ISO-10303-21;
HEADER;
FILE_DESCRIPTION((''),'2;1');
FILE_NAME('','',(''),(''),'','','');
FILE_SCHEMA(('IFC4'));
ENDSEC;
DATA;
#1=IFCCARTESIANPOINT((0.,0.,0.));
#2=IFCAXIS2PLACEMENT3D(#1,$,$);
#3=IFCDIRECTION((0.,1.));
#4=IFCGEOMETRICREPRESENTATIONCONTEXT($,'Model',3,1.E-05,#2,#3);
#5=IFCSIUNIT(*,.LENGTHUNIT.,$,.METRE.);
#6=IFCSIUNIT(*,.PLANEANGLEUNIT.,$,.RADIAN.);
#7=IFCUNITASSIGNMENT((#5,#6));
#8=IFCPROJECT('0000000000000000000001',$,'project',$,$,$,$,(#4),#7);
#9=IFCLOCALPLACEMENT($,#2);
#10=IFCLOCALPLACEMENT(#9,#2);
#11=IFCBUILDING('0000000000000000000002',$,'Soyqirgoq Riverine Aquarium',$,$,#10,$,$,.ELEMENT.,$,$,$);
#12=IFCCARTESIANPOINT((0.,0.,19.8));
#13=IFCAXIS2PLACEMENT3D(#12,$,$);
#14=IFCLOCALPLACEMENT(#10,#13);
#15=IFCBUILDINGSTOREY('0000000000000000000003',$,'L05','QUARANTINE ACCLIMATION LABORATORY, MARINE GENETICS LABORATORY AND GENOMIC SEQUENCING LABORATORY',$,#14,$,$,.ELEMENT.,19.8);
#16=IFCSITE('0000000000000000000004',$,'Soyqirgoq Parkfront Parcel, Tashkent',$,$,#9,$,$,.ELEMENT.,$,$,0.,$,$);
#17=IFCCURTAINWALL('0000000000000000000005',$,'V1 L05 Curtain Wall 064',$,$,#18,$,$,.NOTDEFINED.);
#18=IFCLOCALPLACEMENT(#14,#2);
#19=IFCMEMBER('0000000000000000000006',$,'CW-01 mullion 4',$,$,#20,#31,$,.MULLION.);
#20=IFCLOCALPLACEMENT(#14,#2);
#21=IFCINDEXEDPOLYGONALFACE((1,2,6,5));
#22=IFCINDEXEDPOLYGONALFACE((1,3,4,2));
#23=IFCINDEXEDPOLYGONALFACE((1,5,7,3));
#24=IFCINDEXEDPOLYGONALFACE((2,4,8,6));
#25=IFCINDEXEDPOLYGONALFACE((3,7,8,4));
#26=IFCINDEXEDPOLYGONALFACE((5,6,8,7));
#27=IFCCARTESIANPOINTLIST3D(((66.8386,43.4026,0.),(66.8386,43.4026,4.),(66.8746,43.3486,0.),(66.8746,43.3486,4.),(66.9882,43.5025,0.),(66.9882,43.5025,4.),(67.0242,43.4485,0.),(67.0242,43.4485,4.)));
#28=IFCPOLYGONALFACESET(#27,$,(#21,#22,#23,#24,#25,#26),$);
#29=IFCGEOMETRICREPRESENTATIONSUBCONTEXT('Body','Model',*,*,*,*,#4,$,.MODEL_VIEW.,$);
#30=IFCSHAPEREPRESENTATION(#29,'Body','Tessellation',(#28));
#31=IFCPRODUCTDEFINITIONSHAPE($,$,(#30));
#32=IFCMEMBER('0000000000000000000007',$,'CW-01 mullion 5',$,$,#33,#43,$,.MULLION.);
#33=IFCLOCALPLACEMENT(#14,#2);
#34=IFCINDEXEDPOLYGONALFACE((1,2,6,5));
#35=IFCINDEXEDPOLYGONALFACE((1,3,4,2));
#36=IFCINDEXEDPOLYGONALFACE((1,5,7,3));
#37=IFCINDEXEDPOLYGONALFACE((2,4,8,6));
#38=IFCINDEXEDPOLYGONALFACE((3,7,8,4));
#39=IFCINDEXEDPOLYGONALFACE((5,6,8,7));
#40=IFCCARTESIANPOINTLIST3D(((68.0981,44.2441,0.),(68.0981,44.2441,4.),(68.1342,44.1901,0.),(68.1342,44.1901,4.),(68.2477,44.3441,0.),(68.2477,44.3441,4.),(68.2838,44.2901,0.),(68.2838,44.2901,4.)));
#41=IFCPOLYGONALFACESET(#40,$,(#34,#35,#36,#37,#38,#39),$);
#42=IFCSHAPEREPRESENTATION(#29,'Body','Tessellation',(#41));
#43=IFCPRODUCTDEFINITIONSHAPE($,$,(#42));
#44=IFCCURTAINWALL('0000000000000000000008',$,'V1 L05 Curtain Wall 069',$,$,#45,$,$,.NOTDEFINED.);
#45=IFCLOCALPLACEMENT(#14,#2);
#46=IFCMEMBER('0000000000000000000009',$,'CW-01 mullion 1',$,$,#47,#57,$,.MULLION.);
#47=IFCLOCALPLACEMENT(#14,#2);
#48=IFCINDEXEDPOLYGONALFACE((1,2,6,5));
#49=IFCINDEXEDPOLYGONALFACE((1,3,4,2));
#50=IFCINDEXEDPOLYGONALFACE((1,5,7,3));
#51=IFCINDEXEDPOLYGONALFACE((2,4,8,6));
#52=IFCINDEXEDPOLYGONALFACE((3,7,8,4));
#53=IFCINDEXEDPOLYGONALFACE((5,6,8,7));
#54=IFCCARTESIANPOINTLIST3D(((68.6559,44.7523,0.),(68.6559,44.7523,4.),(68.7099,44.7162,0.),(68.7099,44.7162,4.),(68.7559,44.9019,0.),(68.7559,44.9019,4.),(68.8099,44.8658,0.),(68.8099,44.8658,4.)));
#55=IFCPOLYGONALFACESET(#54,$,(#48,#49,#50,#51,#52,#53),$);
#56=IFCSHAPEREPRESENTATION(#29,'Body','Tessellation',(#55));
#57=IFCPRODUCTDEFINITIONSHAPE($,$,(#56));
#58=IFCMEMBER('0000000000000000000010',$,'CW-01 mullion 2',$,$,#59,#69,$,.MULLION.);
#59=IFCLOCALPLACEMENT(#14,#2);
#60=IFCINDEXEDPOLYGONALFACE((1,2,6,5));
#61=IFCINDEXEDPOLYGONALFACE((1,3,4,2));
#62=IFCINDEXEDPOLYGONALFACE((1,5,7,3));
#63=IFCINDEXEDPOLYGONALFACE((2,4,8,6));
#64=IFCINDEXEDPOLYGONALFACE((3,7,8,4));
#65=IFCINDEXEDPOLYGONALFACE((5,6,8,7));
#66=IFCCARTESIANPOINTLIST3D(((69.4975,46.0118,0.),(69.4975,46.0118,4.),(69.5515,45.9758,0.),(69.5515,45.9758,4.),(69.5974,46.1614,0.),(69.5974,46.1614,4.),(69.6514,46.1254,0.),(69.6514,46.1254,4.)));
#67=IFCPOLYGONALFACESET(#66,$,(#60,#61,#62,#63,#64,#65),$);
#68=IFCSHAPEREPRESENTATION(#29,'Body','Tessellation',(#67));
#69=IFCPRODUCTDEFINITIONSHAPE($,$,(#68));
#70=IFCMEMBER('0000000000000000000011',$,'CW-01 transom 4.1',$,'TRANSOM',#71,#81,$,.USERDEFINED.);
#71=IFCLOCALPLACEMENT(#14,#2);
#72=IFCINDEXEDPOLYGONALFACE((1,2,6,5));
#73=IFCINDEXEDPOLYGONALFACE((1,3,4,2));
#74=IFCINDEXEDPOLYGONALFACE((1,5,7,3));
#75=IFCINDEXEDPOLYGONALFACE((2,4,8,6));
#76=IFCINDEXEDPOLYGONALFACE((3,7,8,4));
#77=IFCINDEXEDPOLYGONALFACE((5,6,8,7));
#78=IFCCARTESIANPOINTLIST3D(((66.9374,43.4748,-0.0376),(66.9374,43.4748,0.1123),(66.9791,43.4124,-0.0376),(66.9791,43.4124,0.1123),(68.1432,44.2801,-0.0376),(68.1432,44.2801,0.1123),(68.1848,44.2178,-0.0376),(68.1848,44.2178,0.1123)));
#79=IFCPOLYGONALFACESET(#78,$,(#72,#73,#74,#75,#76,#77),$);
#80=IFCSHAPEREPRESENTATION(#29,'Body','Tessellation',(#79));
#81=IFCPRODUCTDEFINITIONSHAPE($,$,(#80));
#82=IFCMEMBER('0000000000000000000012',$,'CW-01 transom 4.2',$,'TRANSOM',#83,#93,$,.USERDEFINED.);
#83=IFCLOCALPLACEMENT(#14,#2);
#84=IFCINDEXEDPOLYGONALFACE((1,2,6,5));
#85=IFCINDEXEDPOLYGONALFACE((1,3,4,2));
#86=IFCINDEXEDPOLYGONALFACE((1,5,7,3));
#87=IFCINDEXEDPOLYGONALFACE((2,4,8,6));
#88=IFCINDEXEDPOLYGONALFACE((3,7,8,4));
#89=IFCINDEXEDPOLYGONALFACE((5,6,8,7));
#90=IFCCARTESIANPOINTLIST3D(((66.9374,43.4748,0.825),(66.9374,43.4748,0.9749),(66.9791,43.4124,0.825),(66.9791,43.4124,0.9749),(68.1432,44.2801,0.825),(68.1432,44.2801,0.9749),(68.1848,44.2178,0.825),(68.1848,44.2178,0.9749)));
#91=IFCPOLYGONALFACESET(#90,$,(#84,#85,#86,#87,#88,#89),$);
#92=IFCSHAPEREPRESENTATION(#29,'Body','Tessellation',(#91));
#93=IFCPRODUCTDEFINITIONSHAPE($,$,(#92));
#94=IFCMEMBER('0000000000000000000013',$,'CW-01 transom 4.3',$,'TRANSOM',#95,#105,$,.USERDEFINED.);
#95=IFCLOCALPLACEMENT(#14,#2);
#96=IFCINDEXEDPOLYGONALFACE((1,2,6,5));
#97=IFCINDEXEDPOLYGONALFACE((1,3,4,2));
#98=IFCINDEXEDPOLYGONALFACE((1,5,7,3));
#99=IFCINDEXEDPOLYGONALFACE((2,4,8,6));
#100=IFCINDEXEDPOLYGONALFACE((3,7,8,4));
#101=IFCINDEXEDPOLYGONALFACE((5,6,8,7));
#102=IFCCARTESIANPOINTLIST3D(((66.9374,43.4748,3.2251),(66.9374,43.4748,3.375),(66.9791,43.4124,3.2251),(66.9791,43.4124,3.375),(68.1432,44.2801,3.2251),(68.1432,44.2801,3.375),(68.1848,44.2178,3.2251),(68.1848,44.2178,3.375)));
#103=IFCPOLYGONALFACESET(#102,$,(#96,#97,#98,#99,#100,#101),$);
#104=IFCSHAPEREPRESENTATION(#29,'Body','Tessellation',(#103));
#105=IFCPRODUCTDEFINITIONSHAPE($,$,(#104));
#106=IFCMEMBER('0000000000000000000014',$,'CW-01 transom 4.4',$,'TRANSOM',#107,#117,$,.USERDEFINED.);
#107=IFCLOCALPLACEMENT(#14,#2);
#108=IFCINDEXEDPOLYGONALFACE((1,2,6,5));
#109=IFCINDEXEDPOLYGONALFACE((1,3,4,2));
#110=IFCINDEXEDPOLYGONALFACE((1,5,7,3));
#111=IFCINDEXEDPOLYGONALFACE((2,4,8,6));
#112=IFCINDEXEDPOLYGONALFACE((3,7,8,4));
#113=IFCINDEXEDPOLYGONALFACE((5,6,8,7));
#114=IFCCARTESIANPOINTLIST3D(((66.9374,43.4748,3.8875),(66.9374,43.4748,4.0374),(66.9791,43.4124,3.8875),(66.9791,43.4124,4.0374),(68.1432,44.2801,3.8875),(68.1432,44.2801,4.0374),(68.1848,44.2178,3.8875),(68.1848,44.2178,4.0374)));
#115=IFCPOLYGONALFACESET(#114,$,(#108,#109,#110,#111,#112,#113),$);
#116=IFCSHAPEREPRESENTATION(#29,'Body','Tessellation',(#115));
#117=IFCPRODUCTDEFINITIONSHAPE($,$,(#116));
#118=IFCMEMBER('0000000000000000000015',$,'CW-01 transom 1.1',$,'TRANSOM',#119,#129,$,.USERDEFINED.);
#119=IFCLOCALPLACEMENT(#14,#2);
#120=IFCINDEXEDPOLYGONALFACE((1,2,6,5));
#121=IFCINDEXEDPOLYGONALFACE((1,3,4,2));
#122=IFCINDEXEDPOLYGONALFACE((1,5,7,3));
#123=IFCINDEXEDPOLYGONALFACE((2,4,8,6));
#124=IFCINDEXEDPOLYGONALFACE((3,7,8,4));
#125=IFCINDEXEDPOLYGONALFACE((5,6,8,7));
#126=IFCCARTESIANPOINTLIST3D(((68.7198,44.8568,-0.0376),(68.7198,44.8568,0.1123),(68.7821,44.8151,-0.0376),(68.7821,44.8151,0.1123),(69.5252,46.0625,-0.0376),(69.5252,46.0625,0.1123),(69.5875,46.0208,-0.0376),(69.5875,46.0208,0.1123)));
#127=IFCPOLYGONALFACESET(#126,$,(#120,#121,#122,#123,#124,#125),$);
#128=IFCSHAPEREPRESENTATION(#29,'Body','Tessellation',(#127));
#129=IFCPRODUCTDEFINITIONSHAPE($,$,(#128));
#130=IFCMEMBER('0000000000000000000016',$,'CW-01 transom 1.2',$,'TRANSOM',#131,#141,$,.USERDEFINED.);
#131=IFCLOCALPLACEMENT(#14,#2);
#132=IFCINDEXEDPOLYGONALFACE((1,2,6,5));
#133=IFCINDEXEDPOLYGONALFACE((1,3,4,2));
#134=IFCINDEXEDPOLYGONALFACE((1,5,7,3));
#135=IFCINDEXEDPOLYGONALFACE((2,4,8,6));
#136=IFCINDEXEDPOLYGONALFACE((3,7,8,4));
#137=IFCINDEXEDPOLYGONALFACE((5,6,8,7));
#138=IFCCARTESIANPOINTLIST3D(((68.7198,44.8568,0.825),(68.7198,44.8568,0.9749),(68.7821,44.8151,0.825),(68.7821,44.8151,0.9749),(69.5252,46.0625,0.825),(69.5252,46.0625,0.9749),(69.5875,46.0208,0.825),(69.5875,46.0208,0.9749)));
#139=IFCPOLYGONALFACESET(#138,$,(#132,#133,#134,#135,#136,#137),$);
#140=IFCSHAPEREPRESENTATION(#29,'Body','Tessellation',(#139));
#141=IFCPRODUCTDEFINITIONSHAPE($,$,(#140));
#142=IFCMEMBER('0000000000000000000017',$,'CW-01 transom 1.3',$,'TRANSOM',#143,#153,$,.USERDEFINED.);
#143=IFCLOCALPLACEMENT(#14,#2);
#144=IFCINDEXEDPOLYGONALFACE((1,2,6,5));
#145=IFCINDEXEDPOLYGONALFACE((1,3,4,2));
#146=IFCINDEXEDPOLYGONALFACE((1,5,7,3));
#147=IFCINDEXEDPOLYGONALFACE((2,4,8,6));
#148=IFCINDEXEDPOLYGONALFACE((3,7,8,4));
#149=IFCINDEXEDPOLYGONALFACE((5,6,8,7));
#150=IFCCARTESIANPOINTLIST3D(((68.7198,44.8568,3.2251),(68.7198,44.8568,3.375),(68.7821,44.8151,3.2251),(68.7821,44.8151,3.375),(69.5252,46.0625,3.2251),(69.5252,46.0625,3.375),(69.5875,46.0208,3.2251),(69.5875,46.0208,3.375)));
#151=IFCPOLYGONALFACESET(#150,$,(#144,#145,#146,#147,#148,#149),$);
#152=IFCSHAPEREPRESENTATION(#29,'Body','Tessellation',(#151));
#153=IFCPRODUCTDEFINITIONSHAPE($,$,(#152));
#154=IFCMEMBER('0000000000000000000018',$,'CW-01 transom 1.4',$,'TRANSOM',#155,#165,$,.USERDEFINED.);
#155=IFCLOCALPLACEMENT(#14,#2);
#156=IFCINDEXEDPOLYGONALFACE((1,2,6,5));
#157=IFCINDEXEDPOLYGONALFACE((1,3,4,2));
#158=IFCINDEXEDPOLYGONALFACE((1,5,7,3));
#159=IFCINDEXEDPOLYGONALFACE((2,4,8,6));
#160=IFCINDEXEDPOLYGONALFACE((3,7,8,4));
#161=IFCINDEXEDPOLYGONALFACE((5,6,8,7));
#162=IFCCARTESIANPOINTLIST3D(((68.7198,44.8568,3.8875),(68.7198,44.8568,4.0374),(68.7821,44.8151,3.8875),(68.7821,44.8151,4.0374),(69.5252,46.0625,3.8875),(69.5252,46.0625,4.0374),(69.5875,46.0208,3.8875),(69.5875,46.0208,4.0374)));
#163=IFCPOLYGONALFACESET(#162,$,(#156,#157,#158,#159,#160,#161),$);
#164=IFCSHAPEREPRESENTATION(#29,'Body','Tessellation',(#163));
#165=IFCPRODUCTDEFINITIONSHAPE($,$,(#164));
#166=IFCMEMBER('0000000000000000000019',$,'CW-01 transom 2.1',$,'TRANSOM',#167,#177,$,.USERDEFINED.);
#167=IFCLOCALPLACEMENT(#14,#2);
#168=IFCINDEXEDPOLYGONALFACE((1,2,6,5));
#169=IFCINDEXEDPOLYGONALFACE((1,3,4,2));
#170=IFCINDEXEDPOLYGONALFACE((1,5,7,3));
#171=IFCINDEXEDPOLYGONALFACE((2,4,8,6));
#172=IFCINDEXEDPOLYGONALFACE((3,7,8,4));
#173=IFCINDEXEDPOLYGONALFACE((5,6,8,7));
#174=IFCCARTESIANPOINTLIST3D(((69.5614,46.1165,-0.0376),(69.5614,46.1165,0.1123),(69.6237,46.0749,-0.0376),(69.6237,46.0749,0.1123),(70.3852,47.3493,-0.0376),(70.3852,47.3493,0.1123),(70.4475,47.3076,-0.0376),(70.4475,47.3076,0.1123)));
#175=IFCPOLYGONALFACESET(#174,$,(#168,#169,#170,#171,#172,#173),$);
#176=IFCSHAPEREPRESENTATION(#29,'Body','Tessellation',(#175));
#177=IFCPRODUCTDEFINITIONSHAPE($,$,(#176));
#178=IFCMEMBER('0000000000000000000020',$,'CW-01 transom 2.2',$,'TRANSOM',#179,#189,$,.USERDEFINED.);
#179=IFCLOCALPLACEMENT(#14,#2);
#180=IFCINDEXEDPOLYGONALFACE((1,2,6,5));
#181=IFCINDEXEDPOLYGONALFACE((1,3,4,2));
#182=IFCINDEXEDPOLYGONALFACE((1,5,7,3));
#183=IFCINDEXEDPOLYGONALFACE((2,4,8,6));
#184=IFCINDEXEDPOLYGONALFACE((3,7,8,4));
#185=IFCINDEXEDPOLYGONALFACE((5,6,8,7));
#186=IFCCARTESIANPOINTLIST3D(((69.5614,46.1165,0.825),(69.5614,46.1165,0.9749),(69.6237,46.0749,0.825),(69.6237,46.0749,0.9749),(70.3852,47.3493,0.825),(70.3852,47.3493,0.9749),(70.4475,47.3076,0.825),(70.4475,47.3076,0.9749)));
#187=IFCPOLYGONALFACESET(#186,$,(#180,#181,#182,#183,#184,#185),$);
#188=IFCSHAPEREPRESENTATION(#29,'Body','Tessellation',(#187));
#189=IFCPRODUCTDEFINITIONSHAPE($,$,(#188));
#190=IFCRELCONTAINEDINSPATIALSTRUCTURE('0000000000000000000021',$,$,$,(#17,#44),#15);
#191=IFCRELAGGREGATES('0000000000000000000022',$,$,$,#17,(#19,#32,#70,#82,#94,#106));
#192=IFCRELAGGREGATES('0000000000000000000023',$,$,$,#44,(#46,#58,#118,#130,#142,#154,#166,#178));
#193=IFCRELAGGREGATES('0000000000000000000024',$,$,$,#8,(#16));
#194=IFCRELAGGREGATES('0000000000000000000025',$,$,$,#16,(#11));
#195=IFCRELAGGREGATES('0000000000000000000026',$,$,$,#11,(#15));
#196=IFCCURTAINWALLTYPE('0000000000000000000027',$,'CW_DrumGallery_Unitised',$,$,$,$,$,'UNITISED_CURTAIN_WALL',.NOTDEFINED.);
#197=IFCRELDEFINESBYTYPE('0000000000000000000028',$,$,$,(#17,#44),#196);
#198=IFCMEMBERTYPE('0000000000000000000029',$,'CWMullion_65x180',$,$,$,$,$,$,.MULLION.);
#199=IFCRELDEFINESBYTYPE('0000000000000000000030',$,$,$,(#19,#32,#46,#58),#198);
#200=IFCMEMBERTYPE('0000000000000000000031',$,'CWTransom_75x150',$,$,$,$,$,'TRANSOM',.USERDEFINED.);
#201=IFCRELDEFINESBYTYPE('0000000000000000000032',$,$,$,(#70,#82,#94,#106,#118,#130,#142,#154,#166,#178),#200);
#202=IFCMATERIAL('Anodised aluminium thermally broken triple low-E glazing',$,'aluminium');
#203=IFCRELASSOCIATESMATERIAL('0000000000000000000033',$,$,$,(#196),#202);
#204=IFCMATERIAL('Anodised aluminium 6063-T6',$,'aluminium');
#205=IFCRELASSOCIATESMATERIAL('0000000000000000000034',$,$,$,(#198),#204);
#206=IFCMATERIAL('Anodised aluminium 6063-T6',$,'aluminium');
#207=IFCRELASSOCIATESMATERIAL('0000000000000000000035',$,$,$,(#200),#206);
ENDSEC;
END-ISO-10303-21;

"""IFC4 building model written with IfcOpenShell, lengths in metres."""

from ifc_helpers import new_model, si_unit, direction, frame, origin, origin_2d, place, context, subcontext, project, spatial, rectangle, extrude, material, material_profile, profile_set, type_object, element, aggregate, save


model = new_model("IFC4")

# Units and contexts
model_context = context("Model", 3, precision=1e-05, world=origin(), true_north=direction((0.0, 1.0)))
body_context = subcontext(model_context, "Body", "Model", "MODEL_VIEW")
ifc_project = project(units=[si_unit("LENGTHUNIT", "METRE"), si_unit("PLANEANGLEUNIT", "RADIAN")], contexts=[model_context])

# Site, building, storey
site_placement = place(None, origin())
site = spatial("IfcSite", under=ifc_project, at=site_placement, Name="Soyqirgoq Parkfront Parcel, Tashkent", CompositionType="ELEMENT", RefElevation=0.0)
building_placement = place(site_placement, origin())
building = spatial("IfcBuilding", under=site, at=building_placement, Name="Soyqirgoq Riverine Aquarium", CompositionType="ELEMENT")
storey_placement = place(building_placement, frame((0.0, 0.0, 19.8)))
storey = spatial("IfcBuildingStorey", under=building, at=storey_placement, Name="L05", Description="QUARANTINE ACCLIMATION LABORATORY, MARINE GENETICS LABORATORY AND GENOMIC SEQUENCING LABORATORY", CompositionType="ELEMENT", Elevation=19.8)

# Curtain walls, members
ifc_material_1 = material(Name="Anodised aluminium thermally broken triple low-E glazing", Category="aluminium")
curtain_wall_type = type_object("IfcCurtainWallType", Name="CW_DrumGallery_Unitised", ElementType="UNITISED_CURTAIN_WALL", PredefinedType="NOTDEFINED", material=ifc_material_1)
curtain_wall_1_placement = place(storey_placement, origin())
curtain_wall_1 = element("IfcCurtainWall", 1, at=curtain_wall_1_placement, inside=storey, type_object=curtain_wall_type, Name="V1 L05 Curtain Wall 064", PredefinedType="NOTDEFINED")
ifc_material_2 = material(Name="Anodised aluminium 6063-T6", Category="aluminium")
ifc_material_profile_1 = material_profile(ifc_material_2, rectangle(XDim=0.0649, YDim=0.1799, at=origin_2d()), Name="ALU-M 65x180")
ifc_profile_set_1 = profile_set([ifc_material_profile_1], Name="Anodised aluminium 6063-T6")
member_type_1 = type_object("IfcMemberType", Name="CWMullion_65x180", PredefinedType="MULLION", material=ifc_profile_set_1)
member_1_placement = place(storey_placement, frame((66.9314, 43.4255, 0.0), z_axis=(0.0, 0.0, 1.0), x_axis=(-0.555561, 0.831476, 0.0)))
member_1 = element("IfcMember", 2, at=member_1_placement, type_object=member_type_1, Name="CW-01 mullion 4", PredefinedType="MULLION", context=body_context, shape_type="SweptSolid", body=[
    extrude(rectangle(XDim=0.0649, YDim=0.1799, at=origin_2d()), origin(), (0.0, 0.0, 1.0), 4.0),
])
member_2_placement = place(storey_placement, frame((68.1909, 44.2671, 0.0), z_axis=(0.0, 0.0, 1.0), x_axis=(-0.555561, 0.831476, 0.0)))
member_2 = element("IfcMember", 3, at=member_2_placement, type_object=member_type_1, Name="CW-01 mullion 5", PredefinedType="MULLION", context=body_context, shape_type="SweptSolid", body=[
    extrude(rectangle(XDim=0.0649, YDim=0.1799, at=origin_2d()), origin(), (0.0, 0.0, 1.0), 4.0),
])
curtain_wall_2_placement = place(storey_placement, origin())
curtain_wall_2 = element("IfcCurtainWall", 4, at=curtain_wall_2_placement, inside=storey, type_object=curtain_wall_type, Name="V1 L05 Curtain Wall 069", PredefinedType="NOTDEFINED")
member_3_placement = place(storey_placement, frame((68.7329, 44.8091, 0.0), z_axis=(0.0, 0.0, 1.0), x_axis=(-0.831476, 0.555561, 0.0)))
member_3 = element("IfcMember", 5, at=member_3_placement, type_object=member_type_1, Name="CW-01 mullion 1", PredefinedType="MULLION", context=body_context, shape_type="SweptSolid", body=[
    extrude(rectangle(XDim=0.0649, YDim=0.1799, at=origin_2d()), origin(), (0.0, 0.0, 1.0), 4.0),
])
member_4_placement = place(storey_placement, frame((69.5745, 46.0686, 0.0), z_axis=(0.0, 0.0, 1.0), x_axis=(-0.831476, 0.555561, 0.0)))
member_4 = element("IfcMember", 6, at=member_4_placement, type_object=member_type_1, Name="CW-01 mullion 2", PredefinedType="MULLION", context=body_context, shape_type="SweptSolid", body=[
    extrude(rectangle(XDim=0.0649, YDim=0.1799, at=origin_2d()), origin(), (0.0, 0.0, 1.0), 4.0),
])

# Members
ifc_material_3 = material(Name="Anodised aluminium 6063-T6", Category="aluminium")
ifc_material_profile_2 = material_profile(ifc_material_3, rectangle(XDim=0.075, YDim=0.1499, at=origin_2d()), Name="ALU-T 75x150")
ifc_profile_set_2 = profile_set([ifc_material_profile_2], Name="Anodised aluminium 6063-T6")
member_type_2 = type_object("IfcMemberType", Name="CWTransom_75x150", ElementType="TRANSOM", PredefinedType="USERDEFINED", material=ifc_profile_set_2)
member_5_placement = place(storey_placement, frame((66.9583, 43.4436, 0.0374), z_axis=(0.831558, 0.555438, 0.0), x_axis=(-0.555438, 0.831558, 0.0)))
member_5 = element("IfcMember", 7, at=member_5_placement, type_object=member_type_2, Name="CW-01 transom 4.1", ObjectType="TRANSOM", PredefinedType="USERDEFINED", context=body_context, shape_type="SweptSolid", body=[
    extrude(rectangle(XDim=0.075, YDim=0.1499, at=origin_2d()), origin(), (0.0, 0.0, 1.0), 1.45),
])
member_6_placement = place(storey_placement, frame((66.9583, 43.4436, 0.8999), z_axis=(0.831558, 0.555438, 0.0), x_axis=(-0.555438, 0.831558, 0.0)))
member_6 = element("IfcMember", 8, at=member_6_placement, type_object=member_type_2, Name="CW-01 transom 4.2", ObjectType="TRANSOM", PredefinedType="USERDEFINED", context=body_context, shape_type="SweptSolid", body=[
    extrude(rectangle(XDim=0.075, YDim=0.1499, at=origin_2d()), origin(), (0.0, 0.0, 1.0), 1.45),
])
member_7_placement = place(storey_placement, frame((66.9583, 43.4436, 3.3), z_axis=(0.831558, 0.555438, 0.0), x_axis=(-0.555438, 0.831558, 0.0)))
member_7 = element("IfcMember", 9, at=member_7_placement, type_object=member_type_2, Name="CW-01 transom 4.3", ObjectType="TRANSOM", PredefinedType="USERDEFINED", context=body_context, shape_type="SweptSolid", body=[
    extrude(rectangle(XDim=0.075, YDim=0.1499, at=origin_2d()), origin(), (0.0, 0.0, 1.0), 1.45),
])
member_8_placement = place(storey_placement, frame((66.9583, 43.4436, 3.9624), z_axis=(0.831558, 0.555438, 0.0), x_axis=(-0.555438, 0.831558, 0.0)))
member_8 = element("IfcMember", 10, at=member_8_placement, type_object=member_type_2, Name="CW-01 transom 4.4", ObjectType="TRANSOM", PredefinedType="USERDEFINED", context=body_context, shape_type="SweptSolid", body=[
    extrude(rectangle(XDim=0.075, YDim=0.1499, at=origin_2d()), origin(), (0.0, 0.0, 1.0), 1.45),
])
member_9_placement = place(storey_placement, frame((68.751, 44.8359, 0.0374), z_axis=(0.555438, 0.831558, 0.0), x_axis=(-0.831558, 0.555438, 0.0)))
member_9 = element("IfcMember", 11, at=member_9_placement, type_object=member_type_2, Name="CW-01 transom 1.1", ObjectType="TRANSOM", PredefinedType="USERDEFINED", context=body_context, shape_type="SweptSolid", body=[
    extrude(rectangle(XDim=0.075, YDim=0.1499, at=origin_2d()), origin(), (0.0, 0.0, 1.0), 1.45),
])
member_10_placement = place(storey_placement, frame((68.751, 44.8359, 0.8999), z_axis=(0.555438, 0.831558, 0.0), x_axis=(-0.831558, 0.555438, 0.0)))
member_10 = element("IfcMember", 12, at=member_10_placement, type_object=member_type_2, Name="CW-01 transom 1.2", ObjectType="TRANSOM", PredefinedType="USERDEFINED", context=body_context, shape_type="SweptSolid", body=[
    extrude(rectangle(XDim=0.075, YDim=0.1499, at=origin_2d()), origin(), (0.0, 0.0, 1.0), 1.45),
])
member_11_placement = place(storey_placement, frame((68.751, 44.8359, 3.3), z_axis=(0.555438, 0.831558, 0.0), x_axis=(-0.831558, 0.555438, 0.0)))
member_11 = element("IfcMember", 13, at=member_11_placement, type_object=member_type_2, Name="CW-01 transom 1.3", ObjectType="TRANSOM", PredefinedType="USERDEFINED", context=body_context, shape_type="SweptSolid", body=[
    extrude(rectangle(XDim=0.075, YDim=0.1499, at=origin_2d()), origin(), (0.0, 0.0, 1.0), 1.45),
])
member_12_placement = place(storey_placement, frame((68.751, 44.8359, 3.9624), z_axis=(0.555438, 0.831558, 0.0), x_axis=(-0.831558, 0.555438, 0.0)))
member_12 = element("IfcMember", 14, at=member_12_placement, type_object=member_type_2, Name="CW-01 transom 1.4", ObjectType="TRANSOM", PredefinedType="USERDEFINED", context=body_context, shape_type="SweptSolid", body=[
    extrude(rectangle(XDim=0.075, YDim=0.1499, at=origin_2d()), origin(), (0.0, 0.0, 1.0), 1.45),
])
member_13_placement = place(storey_placement, frame((69.5925, 46.0957, 0.0374), z_axis=(0.555612, 0.831442, 0.0), x_axis=(-0.831442, 0.555612, 0.0)))
member_13 = element("IfcMember", 15, at=member_13_placement, type_object=member_type_2, Name="CW-01 transom 2.1", ObjectType="TRANSOM", PredefinedType="USERDEFINED", context=body_context, shape_type="SweptSolid", body=[
    extrude(rectangle(XDim=0.075, YDim=0.1499, at=origin_2d()), origin(), (0.0, 0.0, 1.0), 1.4827),
])
member_14_placement = place(storey_placement, frame((69.5925, 46.0957, 0.8999), z_axis=(0.555612, 0.831442, 0.0), x_axis=(-0.831442, 0.555612, 0.0)))
member_14 = element("IfcMember", 16, at=member_14_placement, type_object=member_type_2, Name="CW-01 transom 2.2", ObjectType="TRANSOM", PredefinedType="USERDEFINED", context=body_context, shape_type="SweptSolid", body=[
    extrude(rectangle(XDim=0.075, YDim=0.1499, at=origin_2d()), origin(), (0.0, 0.0, 1.0), 1.4827),
])

aggregate(curtain_wall_1, [member_1, member_2, member_5, member_6, member_7, member_8])
aggregate(curtain_wall_2, [member_3, member_4, member_9, member_10, member_11, member_12, member_13, member_14])

save(model, "model.ifc")
